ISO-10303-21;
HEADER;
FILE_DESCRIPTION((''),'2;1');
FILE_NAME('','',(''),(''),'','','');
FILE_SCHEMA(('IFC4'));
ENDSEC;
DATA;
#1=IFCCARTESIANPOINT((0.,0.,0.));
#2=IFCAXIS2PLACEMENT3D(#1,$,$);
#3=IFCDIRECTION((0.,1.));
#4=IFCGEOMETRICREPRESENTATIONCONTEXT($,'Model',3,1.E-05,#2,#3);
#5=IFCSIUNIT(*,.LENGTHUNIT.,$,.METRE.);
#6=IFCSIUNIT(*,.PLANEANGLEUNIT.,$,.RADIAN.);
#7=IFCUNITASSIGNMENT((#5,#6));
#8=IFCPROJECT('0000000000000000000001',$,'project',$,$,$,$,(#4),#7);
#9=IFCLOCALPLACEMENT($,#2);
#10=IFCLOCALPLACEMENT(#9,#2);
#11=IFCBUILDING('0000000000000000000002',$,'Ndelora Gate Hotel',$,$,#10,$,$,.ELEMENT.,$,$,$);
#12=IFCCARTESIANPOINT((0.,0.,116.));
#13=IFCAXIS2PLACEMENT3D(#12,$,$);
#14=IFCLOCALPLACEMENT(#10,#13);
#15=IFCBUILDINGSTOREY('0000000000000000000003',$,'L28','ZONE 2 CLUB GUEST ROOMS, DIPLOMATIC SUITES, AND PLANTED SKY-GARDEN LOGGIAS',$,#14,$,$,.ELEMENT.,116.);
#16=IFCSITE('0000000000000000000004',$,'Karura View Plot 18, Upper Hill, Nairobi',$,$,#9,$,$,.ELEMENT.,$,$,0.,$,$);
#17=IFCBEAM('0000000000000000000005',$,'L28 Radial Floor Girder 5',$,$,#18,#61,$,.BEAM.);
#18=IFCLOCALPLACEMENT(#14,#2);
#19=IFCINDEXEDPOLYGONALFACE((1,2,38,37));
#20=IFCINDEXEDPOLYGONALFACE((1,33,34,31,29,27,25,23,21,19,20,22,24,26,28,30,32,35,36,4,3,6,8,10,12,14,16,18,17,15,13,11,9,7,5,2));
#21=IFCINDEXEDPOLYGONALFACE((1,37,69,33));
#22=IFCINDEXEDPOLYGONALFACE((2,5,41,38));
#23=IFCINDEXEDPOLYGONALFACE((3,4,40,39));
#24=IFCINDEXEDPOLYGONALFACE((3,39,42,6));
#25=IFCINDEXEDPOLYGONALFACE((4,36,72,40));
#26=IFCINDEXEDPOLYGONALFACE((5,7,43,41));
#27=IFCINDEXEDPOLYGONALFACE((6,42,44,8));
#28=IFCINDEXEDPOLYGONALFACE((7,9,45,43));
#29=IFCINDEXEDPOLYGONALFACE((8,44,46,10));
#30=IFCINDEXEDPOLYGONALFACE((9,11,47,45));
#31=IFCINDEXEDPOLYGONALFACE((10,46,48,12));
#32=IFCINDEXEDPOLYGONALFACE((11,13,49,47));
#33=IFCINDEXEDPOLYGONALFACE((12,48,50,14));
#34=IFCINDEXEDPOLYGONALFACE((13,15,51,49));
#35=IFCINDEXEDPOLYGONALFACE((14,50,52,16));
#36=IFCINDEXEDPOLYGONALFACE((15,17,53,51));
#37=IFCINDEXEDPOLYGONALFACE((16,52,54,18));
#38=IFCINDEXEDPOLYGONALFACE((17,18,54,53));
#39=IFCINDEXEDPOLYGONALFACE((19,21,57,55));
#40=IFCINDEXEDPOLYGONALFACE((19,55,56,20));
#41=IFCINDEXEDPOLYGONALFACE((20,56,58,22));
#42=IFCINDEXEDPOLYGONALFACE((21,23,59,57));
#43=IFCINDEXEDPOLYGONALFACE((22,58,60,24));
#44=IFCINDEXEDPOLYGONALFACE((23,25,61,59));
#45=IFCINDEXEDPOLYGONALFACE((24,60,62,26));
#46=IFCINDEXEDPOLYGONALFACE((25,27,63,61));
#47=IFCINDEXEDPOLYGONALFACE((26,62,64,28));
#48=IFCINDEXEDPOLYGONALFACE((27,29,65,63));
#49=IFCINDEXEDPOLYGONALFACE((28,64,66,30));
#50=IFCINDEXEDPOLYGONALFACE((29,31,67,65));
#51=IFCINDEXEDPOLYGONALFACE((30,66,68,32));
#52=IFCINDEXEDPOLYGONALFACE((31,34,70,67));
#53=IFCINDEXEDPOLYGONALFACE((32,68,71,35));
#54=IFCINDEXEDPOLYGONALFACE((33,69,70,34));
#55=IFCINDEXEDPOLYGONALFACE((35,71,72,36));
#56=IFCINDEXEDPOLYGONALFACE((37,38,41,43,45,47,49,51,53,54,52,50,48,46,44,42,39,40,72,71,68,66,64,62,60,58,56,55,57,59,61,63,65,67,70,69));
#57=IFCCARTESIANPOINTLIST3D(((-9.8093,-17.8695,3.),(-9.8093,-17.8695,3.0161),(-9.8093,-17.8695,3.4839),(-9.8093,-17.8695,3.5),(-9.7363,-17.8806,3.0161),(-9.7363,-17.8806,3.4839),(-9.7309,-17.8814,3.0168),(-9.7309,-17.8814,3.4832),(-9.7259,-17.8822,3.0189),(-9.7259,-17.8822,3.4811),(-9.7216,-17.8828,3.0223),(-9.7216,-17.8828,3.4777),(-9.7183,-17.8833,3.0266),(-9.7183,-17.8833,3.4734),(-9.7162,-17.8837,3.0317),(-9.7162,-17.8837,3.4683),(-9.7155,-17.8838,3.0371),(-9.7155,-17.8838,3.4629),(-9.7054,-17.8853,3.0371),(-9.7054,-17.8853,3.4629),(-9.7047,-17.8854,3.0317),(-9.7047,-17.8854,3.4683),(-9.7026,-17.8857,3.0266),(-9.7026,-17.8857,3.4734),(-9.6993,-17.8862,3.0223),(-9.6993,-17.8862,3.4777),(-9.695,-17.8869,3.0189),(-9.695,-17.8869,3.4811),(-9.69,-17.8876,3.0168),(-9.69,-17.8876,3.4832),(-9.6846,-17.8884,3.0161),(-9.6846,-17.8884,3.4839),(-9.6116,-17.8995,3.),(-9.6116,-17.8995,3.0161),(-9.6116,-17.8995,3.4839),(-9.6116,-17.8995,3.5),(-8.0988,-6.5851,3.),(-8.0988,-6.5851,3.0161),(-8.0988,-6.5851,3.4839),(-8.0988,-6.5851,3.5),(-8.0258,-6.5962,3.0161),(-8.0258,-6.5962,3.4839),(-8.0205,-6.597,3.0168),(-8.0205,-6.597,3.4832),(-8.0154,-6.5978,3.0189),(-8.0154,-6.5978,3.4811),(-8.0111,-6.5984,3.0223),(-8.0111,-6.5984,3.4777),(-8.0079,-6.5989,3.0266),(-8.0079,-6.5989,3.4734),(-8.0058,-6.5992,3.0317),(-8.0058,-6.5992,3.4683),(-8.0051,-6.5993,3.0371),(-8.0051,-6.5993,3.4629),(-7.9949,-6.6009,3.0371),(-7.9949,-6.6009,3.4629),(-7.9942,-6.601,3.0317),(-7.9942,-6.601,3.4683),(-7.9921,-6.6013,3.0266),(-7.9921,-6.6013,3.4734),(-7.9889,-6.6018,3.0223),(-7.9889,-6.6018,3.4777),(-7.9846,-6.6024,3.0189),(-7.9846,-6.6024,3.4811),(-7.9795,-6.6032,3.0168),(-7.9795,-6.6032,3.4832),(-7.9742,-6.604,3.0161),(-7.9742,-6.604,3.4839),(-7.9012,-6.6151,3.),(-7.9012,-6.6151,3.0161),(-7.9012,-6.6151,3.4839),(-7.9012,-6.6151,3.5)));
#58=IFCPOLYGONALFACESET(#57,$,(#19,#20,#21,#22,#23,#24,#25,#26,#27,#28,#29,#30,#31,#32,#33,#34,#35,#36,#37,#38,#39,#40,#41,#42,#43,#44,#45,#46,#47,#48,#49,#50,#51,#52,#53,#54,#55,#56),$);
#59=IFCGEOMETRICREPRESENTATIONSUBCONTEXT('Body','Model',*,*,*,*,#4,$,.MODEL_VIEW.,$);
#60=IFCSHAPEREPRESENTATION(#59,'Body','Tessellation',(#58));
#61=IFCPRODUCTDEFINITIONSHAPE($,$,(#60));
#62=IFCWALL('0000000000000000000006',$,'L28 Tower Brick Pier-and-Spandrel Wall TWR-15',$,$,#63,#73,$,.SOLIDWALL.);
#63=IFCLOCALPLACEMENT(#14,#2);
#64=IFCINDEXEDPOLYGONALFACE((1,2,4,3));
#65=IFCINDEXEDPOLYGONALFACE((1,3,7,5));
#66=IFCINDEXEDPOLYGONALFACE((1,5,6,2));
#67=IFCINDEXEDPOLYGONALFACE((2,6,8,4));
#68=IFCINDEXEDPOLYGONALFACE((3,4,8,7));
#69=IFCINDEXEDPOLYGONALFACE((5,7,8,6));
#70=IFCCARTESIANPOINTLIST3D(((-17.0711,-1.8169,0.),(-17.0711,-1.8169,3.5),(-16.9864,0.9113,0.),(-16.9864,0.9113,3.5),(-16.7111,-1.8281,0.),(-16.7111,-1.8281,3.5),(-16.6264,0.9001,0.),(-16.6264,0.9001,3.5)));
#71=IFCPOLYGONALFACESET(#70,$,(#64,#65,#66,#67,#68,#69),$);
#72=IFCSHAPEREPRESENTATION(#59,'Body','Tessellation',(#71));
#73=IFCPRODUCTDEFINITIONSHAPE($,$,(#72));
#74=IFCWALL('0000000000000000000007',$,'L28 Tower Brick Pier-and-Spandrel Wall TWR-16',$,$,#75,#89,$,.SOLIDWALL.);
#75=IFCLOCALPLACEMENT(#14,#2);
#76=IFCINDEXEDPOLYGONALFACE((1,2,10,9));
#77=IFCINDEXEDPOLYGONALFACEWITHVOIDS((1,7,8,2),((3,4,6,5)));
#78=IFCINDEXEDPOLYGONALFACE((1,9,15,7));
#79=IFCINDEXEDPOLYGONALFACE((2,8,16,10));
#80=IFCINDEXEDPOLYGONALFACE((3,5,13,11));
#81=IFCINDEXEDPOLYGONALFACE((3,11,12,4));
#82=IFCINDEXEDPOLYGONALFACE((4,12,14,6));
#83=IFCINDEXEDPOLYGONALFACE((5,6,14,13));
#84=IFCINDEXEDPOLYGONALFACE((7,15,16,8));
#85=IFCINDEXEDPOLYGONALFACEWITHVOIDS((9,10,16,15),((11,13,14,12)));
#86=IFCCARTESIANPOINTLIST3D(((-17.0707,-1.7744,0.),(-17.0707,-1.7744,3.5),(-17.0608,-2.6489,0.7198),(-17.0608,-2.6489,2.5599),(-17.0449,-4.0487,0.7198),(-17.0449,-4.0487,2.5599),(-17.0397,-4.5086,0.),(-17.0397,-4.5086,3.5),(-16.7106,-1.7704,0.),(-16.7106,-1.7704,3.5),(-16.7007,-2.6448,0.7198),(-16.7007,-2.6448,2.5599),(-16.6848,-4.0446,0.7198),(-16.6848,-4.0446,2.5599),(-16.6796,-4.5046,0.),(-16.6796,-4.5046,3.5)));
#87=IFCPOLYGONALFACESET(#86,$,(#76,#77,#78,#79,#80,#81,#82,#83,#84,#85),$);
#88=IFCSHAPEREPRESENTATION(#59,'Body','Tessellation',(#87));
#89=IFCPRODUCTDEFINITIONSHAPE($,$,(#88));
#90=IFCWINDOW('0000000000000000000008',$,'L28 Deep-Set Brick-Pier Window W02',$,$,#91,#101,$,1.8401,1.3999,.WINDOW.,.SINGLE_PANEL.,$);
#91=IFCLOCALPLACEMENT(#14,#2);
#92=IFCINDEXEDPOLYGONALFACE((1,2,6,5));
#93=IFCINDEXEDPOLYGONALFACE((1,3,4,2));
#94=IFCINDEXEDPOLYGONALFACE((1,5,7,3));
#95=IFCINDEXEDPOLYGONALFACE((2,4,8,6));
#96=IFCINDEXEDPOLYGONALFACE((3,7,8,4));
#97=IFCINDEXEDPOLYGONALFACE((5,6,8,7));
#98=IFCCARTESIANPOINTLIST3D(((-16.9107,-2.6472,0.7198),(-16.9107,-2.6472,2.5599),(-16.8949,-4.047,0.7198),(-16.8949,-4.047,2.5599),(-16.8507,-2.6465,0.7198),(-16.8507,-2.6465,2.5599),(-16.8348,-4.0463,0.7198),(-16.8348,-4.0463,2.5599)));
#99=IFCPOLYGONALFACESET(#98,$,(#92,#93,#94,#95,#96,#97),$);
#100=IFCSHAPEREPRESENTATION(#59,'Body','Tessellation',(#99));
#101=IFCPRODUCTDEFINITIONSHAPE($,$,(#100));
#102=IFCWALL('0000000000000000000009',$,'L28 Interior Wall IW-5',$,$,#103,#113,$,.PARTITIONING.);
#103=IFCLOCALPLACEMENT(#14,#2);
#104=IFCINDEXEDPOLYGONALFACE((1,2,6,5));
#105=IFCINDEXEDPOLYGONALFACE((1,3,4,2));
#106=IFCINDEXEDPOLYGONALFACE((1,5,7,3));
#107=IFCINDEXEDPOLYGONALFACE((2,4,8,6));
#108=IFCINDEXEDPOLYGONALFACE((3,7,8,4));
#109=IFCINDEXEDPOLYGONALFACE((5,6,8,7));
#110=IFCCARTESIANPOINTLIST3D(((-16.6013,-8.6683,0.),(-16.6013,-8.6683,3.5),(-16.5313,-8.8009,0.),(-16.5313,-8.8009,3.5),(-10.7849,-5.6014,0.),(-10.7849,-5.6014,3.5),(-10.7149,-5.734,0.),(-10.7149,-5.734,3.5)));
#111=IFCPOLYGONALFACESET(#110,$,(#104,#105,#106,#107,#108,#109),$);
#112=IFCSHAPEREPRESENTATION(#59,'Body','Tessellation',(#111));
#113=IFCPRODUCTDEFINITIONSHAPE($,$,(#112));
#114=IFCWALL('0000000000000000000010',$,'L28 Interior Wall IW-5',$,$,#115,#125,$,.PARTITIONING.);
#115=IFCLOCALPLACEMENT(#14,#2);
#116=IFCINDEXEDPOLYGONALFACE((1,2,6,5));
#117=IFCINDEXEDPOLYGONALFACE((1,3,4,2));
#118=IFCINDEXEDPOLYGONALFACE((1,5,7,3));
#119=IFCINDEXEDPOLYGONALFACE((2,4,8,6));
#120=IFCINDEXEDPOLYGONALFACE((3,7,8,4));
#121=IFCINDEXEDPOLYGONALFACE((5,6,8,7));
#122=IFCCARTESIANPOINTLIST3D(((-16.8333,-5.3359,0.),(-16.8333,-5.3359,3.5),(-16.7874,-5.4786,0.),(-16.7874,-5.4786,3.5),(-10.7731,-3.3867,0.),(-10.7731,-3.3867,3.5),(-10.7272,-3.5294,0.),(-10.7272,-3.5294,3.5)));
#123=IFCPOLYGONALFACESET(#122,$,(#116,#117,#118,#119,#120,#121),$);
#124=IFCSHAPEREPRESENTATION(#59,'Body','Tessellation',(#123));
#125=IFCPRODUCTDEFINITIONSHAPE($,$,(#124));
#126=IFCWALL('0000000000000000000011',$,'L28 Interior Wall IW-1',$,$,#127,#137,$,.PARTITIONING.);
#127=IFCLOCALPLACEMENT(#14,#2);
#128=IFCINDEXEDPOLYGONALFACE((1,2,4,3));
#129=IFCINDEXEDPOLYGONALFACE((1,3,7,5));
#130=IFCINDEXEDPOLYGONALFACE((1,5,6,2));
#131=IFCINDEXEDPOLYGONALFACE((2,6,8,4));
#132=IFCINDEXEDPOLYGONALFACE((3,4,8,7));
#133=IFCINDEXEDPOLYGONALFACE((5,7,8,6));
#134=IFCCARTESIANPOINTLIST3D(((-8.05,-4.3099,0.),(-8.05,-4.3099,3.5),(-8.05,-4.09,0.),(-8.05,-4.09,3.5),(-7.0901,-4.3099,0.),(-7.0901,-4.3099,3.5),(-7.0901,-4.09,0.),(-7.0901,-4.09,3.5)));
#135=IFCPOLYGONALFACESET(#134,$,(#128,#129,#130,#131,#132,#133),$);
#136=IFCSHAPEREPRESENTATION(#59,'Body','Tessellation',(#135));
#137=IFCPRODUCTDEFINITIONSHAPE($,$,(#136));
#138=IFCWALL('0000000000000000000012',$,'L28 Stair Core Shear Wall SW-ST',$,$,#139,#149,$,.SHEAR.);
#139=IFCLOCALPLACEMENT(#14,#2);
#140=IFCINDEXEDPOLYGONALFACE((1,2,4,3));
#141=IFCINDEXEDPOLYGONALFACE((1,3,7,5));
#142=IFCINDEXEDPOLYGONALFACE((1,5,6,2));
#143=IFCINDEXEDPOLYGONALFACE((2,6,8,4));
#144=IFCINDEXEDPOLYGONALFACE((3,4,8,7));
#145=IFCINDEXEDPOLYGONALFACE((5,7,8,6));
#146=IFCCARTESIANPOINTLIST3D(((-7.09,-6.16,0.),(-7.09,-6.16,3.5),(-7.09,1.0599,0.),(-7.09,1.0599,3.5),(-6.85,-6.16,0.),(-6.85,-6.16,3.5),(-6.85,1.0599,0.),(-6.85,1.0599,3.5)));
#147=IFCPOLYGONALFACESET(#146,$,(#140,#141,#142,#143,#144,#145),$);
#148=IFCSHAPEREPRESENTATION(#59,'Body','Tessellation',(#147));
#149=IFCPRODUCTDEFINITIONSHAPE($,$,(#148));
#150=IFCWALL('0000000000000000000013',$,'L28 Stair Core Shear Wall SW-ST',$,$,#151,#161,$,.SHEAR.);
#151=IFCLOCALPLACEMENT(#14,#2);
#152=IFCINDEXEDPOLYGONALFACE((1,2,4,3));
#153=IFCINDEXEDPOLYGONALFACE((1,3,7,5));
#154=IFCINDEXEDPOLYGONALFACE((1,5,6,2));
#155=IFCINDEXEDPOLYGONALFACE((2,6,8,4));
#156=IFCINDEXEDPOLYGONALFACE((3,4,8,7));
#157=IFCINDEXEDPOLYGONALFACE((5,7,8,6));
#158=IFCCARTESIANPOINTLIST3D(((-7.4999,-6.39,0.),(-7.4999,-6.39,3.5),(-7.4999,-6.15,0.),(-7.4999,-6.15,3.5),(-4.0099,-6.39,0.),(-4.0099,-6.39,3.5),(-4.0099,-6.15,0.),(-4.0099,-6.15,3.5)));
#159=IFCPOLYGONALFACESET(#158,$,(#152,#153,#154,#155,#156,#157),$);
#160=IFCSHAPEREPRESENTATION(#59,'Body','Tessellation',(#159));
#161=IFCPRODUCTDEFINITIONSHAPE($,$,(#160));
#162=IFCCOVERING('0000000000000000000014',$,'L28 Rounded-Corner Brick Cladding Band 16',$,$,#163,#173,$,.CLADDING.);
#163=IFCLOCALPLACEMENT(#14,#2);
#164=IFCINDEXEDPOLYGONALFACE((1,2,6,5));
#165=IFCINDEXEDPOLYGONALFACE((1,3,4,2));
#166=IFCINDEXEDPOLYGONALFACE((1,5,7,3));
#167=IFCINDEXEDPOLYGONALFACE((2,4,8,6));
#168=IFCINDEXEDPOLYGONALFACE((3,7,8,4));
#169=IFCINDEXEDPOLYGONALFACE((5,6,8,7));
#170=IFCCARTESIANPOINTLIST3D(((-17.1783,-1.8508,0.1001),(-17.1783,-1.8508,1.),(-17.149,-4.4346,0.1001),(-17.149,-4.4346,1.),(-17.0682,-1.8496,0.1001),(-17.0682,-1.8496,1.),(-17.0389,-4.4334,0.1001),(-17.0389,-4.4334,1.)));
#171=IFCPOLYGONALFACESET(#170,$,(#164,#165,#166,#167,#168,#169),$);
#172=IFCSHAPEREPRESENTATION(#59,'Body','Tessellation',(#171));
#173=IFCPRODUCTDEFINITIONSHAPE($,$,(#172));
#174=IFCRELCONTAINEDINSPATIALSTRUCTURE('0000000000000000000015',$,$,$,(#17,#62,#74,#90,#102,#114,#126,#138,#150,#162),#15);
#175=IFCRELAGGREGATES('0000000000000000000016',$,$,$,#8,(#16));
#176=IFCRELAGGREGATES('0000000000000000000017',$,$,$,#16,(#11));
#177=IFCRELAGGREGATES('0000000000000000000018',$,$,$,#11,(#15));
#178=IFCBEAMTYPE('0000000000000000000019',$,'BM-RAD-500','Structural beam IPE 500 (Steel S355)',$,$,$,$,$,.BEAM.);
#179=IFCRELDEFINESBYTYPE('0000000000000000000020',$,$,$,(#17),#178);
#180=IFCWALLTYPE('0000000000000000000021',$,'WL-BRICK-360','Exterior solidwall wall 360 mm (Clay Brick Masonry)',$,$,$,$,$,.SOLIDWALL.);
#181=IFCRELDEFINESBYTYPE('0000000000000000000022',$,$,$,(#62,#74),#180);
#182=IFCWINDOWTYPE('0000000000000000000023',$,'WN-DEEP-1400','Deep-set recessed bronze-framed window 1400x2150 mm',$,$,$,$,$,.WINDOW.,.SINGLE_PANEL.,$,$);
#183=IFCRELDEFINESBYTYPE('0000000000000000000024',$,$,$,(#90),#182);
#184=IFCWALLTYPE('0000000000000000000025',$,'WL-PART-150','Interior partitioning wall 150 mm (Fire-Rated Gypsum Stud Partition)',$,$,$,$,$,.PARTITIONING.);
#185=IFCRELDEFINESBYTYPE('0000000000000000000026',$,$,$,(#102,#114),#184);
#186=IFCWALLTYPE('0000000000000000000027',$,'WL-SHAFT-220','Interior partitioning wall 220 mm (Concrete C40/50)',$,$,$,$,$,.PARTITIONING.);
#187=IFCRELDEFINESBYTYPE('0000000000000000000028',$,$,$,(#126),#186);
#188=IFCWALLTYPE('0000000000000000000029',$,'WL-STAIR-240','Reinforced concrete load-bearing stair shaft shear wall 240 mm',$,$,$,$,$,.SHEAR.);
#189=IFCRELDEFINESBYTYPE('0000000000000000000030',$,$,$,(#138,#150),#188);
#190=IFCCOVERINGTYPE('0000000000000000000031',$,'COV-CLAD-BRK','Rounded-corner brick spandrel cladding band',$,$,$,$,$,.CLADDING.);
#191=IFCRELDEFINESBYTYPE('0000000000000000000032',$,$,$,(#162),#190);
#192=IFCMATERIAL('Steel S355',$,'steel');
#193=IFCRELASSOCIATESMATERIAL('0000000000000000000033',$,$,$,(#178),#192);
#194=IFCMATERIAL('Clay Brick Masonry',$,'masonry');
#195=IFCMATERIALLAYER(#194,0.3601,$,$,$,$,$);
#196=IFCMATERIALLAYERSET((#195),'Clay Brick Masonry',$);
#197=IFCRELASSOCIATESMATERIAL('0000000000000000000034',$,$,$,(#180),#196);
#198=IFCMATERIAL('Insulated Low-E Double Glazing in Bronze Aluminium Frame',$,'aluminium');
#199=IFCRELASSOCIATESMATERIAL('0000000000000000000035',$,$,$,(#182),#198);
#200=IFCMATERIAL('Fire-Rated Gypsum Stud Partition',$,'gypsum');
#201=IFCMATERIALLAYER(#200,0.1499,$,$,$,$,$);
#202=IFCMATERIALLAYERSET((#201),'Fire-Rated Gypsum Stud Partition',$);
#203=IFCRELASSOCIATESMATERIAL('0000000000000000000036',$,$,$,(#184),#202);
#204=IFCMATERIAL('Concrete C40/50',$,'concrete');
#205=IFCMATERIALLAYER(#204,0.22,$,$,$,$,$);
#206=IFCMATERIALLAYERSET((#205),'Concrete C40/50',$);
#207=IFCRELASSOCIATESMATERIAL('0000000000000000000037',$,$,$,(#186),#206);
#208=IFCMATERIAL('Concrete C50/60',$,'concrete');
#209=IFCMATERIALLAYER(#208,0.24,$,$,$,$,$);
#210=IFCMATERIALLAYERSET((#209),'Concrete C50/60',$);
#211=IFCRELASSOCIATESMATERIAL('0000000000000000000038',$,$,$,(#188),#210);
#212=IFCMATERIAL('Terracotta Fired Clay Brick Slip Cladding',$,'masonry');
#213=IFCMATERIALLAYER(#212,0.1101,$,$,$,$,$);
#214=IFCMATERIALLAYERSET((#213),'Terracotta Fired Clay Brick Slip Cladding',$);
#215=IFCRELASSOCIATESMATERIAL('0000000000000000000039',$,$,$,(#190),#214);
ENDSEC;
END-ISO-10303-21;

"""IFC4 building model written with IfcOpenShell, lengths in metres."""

from ifc_helpers import new_model, si_unit, direction, frame, frame_2d, origin, origin_2d, place, context, subcontext, project, spatial, rectangle, i_section, extrude, material, layer, layer_set, material_profile, profile_set, type_object, element, fill, save


model = new_model("IFC4")

# Units and contexts
model_context = context("Model", 3, precision=1e-05, world=origin(), true_north=direction((0.0, 1.0)))
body_context = subcontext(model_context, "Body", "Model", "MODEL_VIEW")
ifc_project = project(units=[si_unit("LENGTHUNIT", "METRE"), si_unit("PLANEANGLEUNIT", "RADIAN")], contexts=[model_context])

# Site, building, storey
site_placement = place(None, origin())
site = spatial("IfcSite", under=ifc_project, at=site_placement, Name="Karura View Plot 18, Upper Hill, Nairobi", CompositionType="ELEMENT", RefElevation=0.0)
building_placement = place(site_placement, origin())
building = spatial("IfcBuilding", under=site, at=building_placement, Name="Ndelora Gate Hotel", CompositionType="ELEMENT")
storey_placement = place(building_placement, frame((0.0, 0.0, 116.0)))
storey = spatial("IfcBuildingStorey", under=building, at=storey_placement, Name="L28", Description="ZONE 2 CLUB GUEST ROOMS, DIPLOMATIC SUITES, AND PLANTED SKY-GARDEN LOGGIAS", CompositionType="ELEMENT", Elevation=116.0)

# Beam
ifc_material_1 = material(Name="Steel S355", Category="steel")
ifc_material_profile_1 = material_profile(ifc_material_1, i_section(OverallWidth=0.2, OverallDepth=0.5, WebThickness=0.0103, FlangeThickness=0.0161, FilletRadius=0.021, at=origin_2d()), Name="IPE 500")
ifc_profile_set_1 = profile_set([ifc_material_profile_1], Name="Steel S355")
beam_type_1 = type_object("IfcBeamType", Name="BM-RAD-500", Description="Structural beam IPE 500 (Steel S355)", PredefinedType="BEAM", material=ifc_profile_set_1)
beam_1_placement = place(storey_placement, frame((-8.0, -6.6001, 3.25), z_axis=(-0.149864, -0.988707, 0.0), x_axis=(0.988707, -0.149864, 0.0)))
element("IfcBeam", 1, at=beam_1_placement, inside=storey, type_object=beam_type_1, Name="L28 Radial Floor Girder 5", PredefinedType="BEAM", context=body_context, shape_type="SweptSolid", body=[
    extrude(i_section(OverallWidth=0.2, OverallDepth=0.5, WebThickness=0.0103, FlangeThickness=0.0161, FilletRadius=0.021, at=origin_2d()), origin(), (0.0, 0.0, 1.0), 11.4133),
])

# Wall
ifc_material_2 = material(Name="Clay Brick Masonry", Category="masonry")
ifc_layer_1 = layer(ifc_material_2, 0.3601)
ifc_layer_set_1 = layer_set([ifc_layer_1], Name="Clay Brick Masonry")
wall_type_1 = type_object("IfcWallType", Name="WL-BRICK-360", Description="Exterior solidwall wall 360 mm (Clay Brick Masonry)", PredefinedType="SOLIDWALL", material=ifc_layer_set_1)
wall_1_placement = place(storey_placement, frame((-16.8911, -1.8225, 0.0), z_axis=(0.0, 0.0, 1.0), x_axis=(0.031036, 0.999518, 0.0)))
element("IfcWall", 2, at=wall_1_placement, inside=storey, type_object=wall_type_1, Name="L28 Tower Brick Pier-and-Spandrel Wall TWR-15", PredefinedType="SOLIDWALL", context=body_context, shape_type="SweptSolid", body=[
    extrude(rectangle(XDim=2.7295, YDim=0.3601, at=frame_2d((1.3647, 0.0))), origin(), (0.0, 0.0, 1.0), 3.5),
])

# Wall, opening, window
wall_2_placement = place(storey_placement, frame((-16.8596, -4.5066, 0.0), z_axis=(0.0, 0.0, 1.0), x_axis=(-0.01134, 0.999936, 0.0)))
wall_2 = element("IfcWall", 3, at=wall_2_placement, inside=storey, type_object=wall_type_1, Name="L28 Tower Brick Pier-and-Spandrel Wall TWR-16", PredefinedType="SOLIDWALL", context=body_context, shape_type="SweptSolid", body=[
    extrude(rectangle(XDim=2.7344, YDim=0.3601, at=frame_2d((1.3672, 0.0))), origin(), (0.0, 0.0, 1.0), 3.5),
])
opening_1_placement = place(wall_2_placement, frame((0.46, 0.0, 0.72)))
opening_1 = element("IfcOpeningElement", 4, at=opening_1_placement, cuts=wall_2, PredefinedType="OPENING", context=body_context, shape_type="SweptSolid", body=[
    extrude(rectangle(XDim=1.3999, YDim=1.8401, at=frame_2d((0.7, 0.9199))), frame((0.0, 0.1899, 0.0), z_axis=(0.0, -1.0, 0.0), x_axis=(1.0, 0.0, 0.0)), (0.0, 0.0, 1.0), 0.3801),
])
ifc_material_3 = material(Name="Insulated Low-E Double Glazing in Bronze Aluminium Frame", Category="aluminium")
window_type = type_object("IfcWindowType", Name="WN-DEEP-1400", Description="Deep-set recessed bronze-framed window 1400x2150 mm", PartitioningType="SINGLE_PANEL", PredefinedType="WINDOW", material=ifc_material_3)
window_placement = place(opening_1_placement, origin())
window = element("IfcWindow", 5, at=window_placement, inside=storey, type_object=window_type, Name="L28 Deep-Set Brick-Pier Window W02", OverallHeight=1.8401, OverallWidth=1.3999, PartitioningType="SINGLE_PANEL", PredefinedType="WINDOW", context=body_context, shape_type="SweptSolid", body=[
    extrude(rectangle(XDim=1.3999, YDim=1.8401, at=frame_2d((0.7, 0.9199))), frame((0.0, 0.03, 0.0), z_axis=(0.0, -1.0, 0.0), x_axis=(1.0, 0.0, 0.0)), (0.0, 0.0, 1.0), 0.0601),
])
fill(opening_1, window)

# Shared definitions
ifc_material_4 = material(Name="Fire-Rated Gypsum Stud Partition", Category="gypsum")
ifc_layer_2 = layer(ifc_material_4, 0.1499)
ifc_layer_set_2 = layer_set([ifc_layer_2], Name="Fire-Rated Gypsum Stud Partition")
wall_type_2 = type_object("IfcWallType", Name="WL-PART-150", Description="Interior partitioning wall 150 mm (Fire-Rated Gypsum Stud Partition)", PredefinedType="PARTITIONING", material=ifc_layer_set_2)

# Walls
wall_3_placement = place(storey_placement, frame((-10.75, -5.6677, 0.0), z_axis=(0.0, 0.0, 1.0), x_axis=(-0.884565, -0.466417, 0.0)))
element("IfcWall", 6, at=wall_3_placement, inside=storey, type_object=wall_type_2, Name="L28 Interior Wall IW-5", PredefinedType="PARTITIONING", context=body_context, shape_type="SweptSolid", body=[
    extrude(rectangle(XDim=6.5754, YDim=0.1499, at=frame_2d((3.2876, 0.0))), origin(), (0.0, 0.0, 1.0), 3.5),
])
wall_4_placement = place(storey_placement, frame((-10.75, -3.458, 0.0), z_axis=(0.0, 0.0, 1.0), x_axis=(-0.951971, -0.306189, 0.0)))
element("IfcWall", 7, at=wall_4_placement, inside=storey, type_object=wall_type_2, Name="L28 Interior Wall IW-5", PredefinedType="PARTITIONING", context=body_context, shape_type="SweptSolid", body=[
    extrude(rectangle(XDim=6.366, YDim=0.1499, at=frame_2d((3.1831, 0.0))), origin(), (0.0, 0.0, 1.0), 3.5),
])
ifc_material_5 = material(Name="Concrete C40/50", Category="concrete")
ifc_layer_3 = layer(ifc_material_5, 0.22)
ifc_layer_set_3 = layer_set([ifc_layer_3], Name="Concrete C40/50")
wall_type_3 = type_object("IfcWallType", Name="WL-SHAFT-220", Description="Interior partitioning wall 220 mm (Concrete C40/50)", PredefinedType="PARTITIONING", material=ifc_layer_set_3)
wall_5_placement = place(storey_placement, frame((-8.05, -4.2, 0.0), z_axis=(0.0, 0.0, 1.0), x_axis=(1.0, 0.0, 0.0)))
element("IfcWall", 8, at=wall_5_placement, inside=storey, type_object=wall_type_3, Name="L28 Interior Wall IW-1", PredefinedType="PARTITIONING", context=body_context, shape_type="SweptSolid", body=[
    extrude(rectangle(XDim=0.96, YDim=0.22, at=frame_2d((0.48, 0.0))), origin(), (0.0, 0.0, 1.0), 3.5),
])
ifc_material_6 = material(Name="Concrete C50/60", Category="concrete")
ifc_layer_4 = layer(ifc_material_6, 0.24)
ifc_layer_set_4 = layer_set([ifc_layer_4], Name="Concrete C50/60")
wall_type_4 = type_object("IfcWallType", Name="WL-STAIR-240", Description="Reinforced concrete load-bearing stair shaft shear wall 240 mm", PredefinedType="SHEAR", material=ifc_layer_set_4)
wall_6_placement = place(storey_placement, frame((-6.97, -6.1599, 0.0), z_axis=(0.0, 0.0, 1.0), x_axis=(0.0, 1.0, 0.0)))
element("IfcWall", 9, at=wall_6_placement, inside=storey, type_object=wall_type_4, Name="L28 Stair Core Shear Wall SW-ST", PredefinedType="SHEAR", context=body_context, shape_type="SweptSolid", body=[
    extrude(rectangle(XDim=7.22, YDim=0.24, at=frame_2d((3.6099, 0.0))), origin(), (0.0, 0.0, 1.0), 3.5),
])
wall_7_placement = place(storey_placement, frame((-7.5, -6.27, 0.0), z_axis=(0.0, 0.0, 1.0), x_axis=(1.0, 0.0, 0.0)))
element("IfcWall", 10, at=wall_7_placement, inside=storey, type_object=wall_type_4, Name="L28 Stair Core Shear Wall SW-ST", PredefinedType="SHEAR", context=body_context, shape_type="SweptSolid", body=[
    extrude(rectangle(XDim=3.49, YDim=0.24, at=frame_2d((1.7451, 0.0))), origin(), (0.0, 0.0, 1.0), 3.5),
])

# Covering
ifc_material_7 = material(Name="Terracotta Fired Clay Brick Slip Cladding", Category="masonry")
ifc_layer_5 = layer(ifc_material_7, 0.1101)
ifc_layer_set_5 = layer_set([ifc_layer_5], Name="Terracotta Fired Clay Brick Slip Cladding")
covering_type_1 = type_object("IfcCoveringType", Name="COV-CLAD-BRK", Description="Rounded-corner brick spandrel cladding band", PredefinedType="CLADDING", material=ifc_layer_set_5)
covering_placement = place(storey_placement, frame((-17.1086, -3.1421, 0.1001), z_axis=(0.0, 0.0, 1.0), x_axis=(-0.011344, 0.999936, 0.0)))
element("IfcCovering", 11, at=covering_placement, inside=storey, type_object=covering_type_1, Name="L28 Rounded-Corner Brick Cladding Band 16", PredefinedType="CLADDING", context=body_context, shape_type="SweptSolid", body=[
    extrude(rectangle(XDim=2.584, YDim=0.1101, at=origin_2d()), origin(), (0.0, 0.0, 1.0), 0.8999),
])

save(model, "model.ifc")
